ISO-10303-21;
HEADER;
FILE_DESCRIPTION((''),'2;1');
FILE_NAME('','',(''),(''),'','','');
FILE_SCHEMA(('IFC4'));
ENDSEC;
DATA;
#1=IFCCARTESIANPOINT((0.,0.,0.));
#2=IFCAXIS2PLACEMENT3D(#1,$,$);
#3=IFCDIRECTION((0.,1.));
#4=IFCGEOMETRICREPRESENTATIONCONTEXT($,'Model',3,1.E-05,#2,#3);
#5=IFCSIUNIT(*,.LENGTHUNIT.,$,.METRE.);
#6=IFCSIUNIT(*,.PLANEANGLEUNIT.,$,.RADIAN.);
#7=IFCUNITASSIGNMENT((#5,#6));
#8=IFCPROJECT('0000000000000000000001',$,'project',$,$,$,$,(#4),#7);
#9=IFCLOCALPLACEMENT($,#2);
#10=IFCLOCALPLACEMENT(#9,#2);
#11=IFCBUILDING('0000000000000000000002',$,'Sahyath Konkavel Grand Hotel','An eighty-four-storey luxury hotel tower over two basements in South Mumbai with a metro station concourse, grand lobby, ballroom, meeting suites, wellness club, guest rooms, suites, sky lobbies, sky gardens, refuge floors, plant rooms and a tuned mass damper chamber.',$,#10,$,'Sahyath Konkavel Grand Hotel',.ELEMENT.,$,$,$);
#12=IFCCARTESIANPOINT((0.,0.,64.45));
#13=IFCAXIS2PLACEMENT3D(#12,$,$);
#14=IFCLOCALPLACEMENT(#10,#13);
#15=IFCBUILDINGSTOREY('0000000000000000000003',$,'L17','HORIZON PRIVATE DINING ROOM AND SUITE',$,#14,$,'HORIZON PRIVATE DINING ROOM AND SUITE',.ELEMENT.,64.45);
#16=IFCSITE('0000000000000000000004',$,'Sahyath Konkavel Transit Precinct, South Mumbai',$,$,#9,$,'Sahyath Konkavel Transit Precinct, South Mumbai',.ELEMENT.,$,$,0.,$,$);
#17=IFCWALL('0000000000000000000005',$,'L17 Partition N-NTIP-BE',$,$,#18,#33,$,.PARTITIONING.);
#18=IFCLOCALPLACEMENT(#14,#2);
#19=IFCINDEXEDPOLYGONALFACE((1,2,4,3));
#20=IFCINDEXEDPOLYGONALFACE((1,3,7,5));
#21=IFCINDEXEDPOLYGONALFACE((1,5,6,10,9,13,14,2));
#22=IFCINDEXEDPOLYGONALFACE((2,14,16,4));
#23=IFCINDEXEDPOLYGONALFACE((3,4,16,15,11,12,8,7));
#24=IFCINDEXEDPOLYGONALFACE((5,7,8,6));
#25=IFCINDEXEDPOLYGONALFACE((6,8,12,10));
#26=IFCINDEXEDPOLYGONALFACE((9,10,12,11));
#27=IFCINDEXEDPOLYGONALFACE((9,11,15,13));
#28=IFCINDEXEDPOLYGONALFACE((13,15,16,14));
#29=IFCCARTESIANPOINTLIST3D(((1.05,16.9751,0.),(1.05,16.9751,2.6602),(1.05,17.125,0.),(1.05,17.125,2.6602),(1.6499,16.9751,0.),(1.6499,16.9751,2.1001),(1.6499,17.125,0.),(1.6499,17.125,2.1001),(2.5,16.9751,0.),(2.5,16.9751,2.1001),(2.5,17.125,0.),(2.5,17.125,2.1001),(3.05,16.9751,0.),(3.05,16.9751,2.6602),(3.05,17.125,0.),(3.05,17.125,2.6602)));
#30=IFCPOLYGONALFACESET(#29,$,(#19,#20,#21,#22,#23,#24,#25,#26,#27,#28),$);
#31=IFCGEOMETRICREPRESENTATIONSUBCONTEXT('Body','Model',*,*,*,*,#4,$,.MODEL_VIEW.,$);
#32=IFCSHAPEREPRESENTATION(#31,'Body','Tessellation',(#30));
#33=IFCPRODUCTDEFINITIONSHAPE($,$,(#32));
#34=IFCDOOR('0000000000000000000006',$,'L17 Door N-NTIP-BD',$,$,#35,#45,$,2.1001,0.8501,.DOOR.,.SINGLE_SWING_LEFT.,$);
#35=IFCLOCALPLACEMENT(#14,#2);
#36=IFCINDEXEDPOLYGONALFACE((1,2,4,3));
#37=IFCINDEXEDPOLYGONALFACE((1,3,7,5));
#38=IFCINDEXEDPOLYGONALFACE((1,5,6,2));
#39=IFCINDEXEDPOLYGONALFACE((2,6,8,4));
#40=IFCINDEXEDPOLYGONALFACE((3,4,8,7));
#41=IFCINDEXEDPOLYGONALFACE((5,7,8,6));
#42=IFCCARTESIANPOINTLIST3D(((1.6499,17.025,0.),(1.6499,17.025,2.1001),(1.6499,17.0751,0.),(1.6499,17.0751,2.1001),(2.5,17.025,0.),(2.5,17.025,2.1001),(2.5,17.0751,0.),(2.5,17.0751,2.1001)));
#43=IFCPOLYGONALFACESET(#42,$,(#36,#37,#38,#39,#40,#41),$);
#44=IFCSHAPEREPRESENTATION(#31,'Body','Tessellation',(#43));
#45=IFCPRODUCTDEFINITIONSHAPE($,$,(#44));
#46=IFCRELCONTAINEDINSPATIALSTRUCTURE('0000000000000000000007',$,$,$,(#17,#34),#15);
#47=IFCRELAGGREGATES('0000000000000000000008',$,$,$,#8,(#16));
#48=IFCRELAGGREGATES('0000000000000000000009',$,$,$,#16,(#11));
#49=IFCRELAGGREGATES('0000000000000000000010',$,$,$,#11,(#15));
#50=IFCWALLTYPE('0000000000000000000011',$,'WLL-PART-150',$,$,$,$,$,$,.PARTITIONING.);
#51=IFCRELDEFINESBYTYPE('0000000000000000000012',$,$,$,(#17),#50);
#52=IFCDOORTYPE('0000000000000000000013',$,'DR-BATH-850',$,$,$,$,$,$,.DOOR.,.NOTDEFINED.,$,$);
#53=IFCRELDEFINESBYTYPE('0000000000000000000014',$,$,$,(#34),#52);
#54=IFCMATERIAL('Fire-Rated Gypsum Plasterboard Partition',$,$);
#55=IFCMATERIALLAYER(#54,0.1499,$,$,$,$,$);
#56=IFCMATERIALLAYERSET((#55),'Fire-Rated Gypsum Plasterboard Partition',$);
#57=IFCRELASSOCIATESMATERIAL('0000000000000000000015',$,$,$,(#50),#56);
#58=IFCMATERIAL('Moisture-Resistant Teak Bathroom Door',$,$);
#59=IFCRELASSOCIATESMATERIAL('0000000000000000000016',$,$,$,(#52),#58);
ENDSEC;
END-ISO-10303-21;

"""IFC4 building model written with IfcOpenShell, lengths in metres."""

from ifc_helpers import new_model, si_unit, direction, frame, frame_2d, origin, origin_2d, place, context, subcontext, project, spatial, rectangle, extrude, source, transform, mapped, material, layer, layer_set, type_object, element, fill, save


model = new_model("IFC4")

# Units and contexts
model_context = context("Model", 3, precision=1e-05, world=origin(), true_north=direction((0.0, 1.0)))
body_context = subcontext(model_context, "Body", "Model", "MODEL_VIEW")
ifc_project = project(units=[si_unit("LENGTHUNIT", "METRE"), si_unit("PLANEANGLEUNIT", "RADIAN")], contexts=[model_context])

# Site, building, storey
site_placement = place(None, origin())
site = spatial("IfcSite", under=ifc_project, at=site_placement, Name="Sahyath Konkavel Transit Precinct, South Mumbai", LongName="Sahyath Konkavel Transit Precinct, South Mumbai", CompositionType="ELEMENT", RefElevation=0.0)
building_placement = place(site_placement, origin())
building = spatial("IfcBuilding", under=site, at=building_placement, Name="Sahyath Konkavel Grand Hotel", Description="An eighty-four-storey luxury hotel tower over two basements in South Mumbai with a metro station concourse, grand lobby, ballroom, meeting suites, wellness club, guest rooms, suites, sky lobbies, sky gardens, refuge floors, plant rooms and a tuned mass damper chamber.", LongName="Sahyath Konkavel Grand Hotel", CompositionType="ELEMENT")
storey_placement = place(building_placement, frame((0.0, 0.0, 64.45)))
storey = spatial("IfcBuildingStorey", under=building, at=storey_placement, Name="L17", Description="HORIZON PRIVATE DINING ROOM AND SUITE", LongName="HORIZON PRIVATE DINING ROOM AND SUITE", CompositionType="ELEMENT", Elevation=64.45)

# Shared definitions
ifc_material_1 = material(Name="Fire-Rated Gypsum Plasterboard Partition")
ifc_layer_1 = layer(ifc_material_1, 0.1499)
ifc_layer_set_1 = layer_set([ifc_layer_1], Name="Fire-Rated Gypsum Plasterboard Partition")
wall_type_1 = type_object("IfcWallType", Name="WLL-PART-150", PredefinedType="PARTITIONING", material=ifc_layer_set_1)

# Shared definitions
shared_shape_1 = source(origin(), body_context, "Body", "SweptSolid", [
    extrude(rectangle(XDim=0.8501, YDim=0.05, at=origin_2d()), origin(), (0.0, 0.0, 1.0), 2.1001),
])

# Wall, opening, door
wall_1_placement = place(storey_placement, frame((3.05, 17.05, 0.0), z_axis=(0.0, 0.0, 1.0), x_axis=(-1.0, 0.0, 0.0)))
wall_1 = element("IfcWall", 1, at=wall_1_placement, inside=storey, type_object=wall_type_1, Name="L17 Partition N-NTIP-BE", PredefinedType="PARTITIONING", context=body_context, shape_type="SweptSolid", body=[
    extrude(rectangle(XDim=2.0, YDim=0.1499, at=frame_2d((1.0, 0.0))), origin(), (0.0, 0.0, 1.0), 2.6602),
])
opening_1_placement = place(wall_1_placement, frame((0.55, 0.0, 0.0)))
opening_1 = element("IfcOpeningElement", 2, at=opening_1_placement, cuts=wall_1, PredefinedType="OPENING", context=body_context, shape_type="SweptSolid", body=[
    extrude(rectangle(XDim=0.8501, YDim=2.1001, at=frame_2d((0.425, 1.05))), frame((0.0, 0.085, 0.0), z_axis=(0.0, -1.0, 0.0), x_axis=(1.0, 0.0, 0.0)), (0.0, 0.0, 1.0), 0.1699),
])
ifc_material_2 = material(Name="Moisture-Resistant Teak Bathroom Door")
door_type_1 = type_object("IfcDoorType", Name="DR-BATH-850", OperationType="NOTDEFINED", PredefinedType="DOOR", material=ifc_material_2)
door_1_placement = place(opening_1_placement, frame((0.425, 0.0, 0.0)))
door_1 = element("IfcDoor", 3, at=door_1_placement, inside=storey, type_object=door_type_1, Name="L17 Door N-NTIP-BD", OperationType="SINGLE_SWING_LEFT", OverallHeight=2.1001, OverallWidth=0.8501, PredefinedType="DOOR", context=body_context, shape_type="MappedRepresentation", body=[
    mapped(shared_shape_1, transform((0.0, 0.0, 0.0), scale=1.0)),
])
fill(opening_1, door_1)

save(model, "model.ifc")
